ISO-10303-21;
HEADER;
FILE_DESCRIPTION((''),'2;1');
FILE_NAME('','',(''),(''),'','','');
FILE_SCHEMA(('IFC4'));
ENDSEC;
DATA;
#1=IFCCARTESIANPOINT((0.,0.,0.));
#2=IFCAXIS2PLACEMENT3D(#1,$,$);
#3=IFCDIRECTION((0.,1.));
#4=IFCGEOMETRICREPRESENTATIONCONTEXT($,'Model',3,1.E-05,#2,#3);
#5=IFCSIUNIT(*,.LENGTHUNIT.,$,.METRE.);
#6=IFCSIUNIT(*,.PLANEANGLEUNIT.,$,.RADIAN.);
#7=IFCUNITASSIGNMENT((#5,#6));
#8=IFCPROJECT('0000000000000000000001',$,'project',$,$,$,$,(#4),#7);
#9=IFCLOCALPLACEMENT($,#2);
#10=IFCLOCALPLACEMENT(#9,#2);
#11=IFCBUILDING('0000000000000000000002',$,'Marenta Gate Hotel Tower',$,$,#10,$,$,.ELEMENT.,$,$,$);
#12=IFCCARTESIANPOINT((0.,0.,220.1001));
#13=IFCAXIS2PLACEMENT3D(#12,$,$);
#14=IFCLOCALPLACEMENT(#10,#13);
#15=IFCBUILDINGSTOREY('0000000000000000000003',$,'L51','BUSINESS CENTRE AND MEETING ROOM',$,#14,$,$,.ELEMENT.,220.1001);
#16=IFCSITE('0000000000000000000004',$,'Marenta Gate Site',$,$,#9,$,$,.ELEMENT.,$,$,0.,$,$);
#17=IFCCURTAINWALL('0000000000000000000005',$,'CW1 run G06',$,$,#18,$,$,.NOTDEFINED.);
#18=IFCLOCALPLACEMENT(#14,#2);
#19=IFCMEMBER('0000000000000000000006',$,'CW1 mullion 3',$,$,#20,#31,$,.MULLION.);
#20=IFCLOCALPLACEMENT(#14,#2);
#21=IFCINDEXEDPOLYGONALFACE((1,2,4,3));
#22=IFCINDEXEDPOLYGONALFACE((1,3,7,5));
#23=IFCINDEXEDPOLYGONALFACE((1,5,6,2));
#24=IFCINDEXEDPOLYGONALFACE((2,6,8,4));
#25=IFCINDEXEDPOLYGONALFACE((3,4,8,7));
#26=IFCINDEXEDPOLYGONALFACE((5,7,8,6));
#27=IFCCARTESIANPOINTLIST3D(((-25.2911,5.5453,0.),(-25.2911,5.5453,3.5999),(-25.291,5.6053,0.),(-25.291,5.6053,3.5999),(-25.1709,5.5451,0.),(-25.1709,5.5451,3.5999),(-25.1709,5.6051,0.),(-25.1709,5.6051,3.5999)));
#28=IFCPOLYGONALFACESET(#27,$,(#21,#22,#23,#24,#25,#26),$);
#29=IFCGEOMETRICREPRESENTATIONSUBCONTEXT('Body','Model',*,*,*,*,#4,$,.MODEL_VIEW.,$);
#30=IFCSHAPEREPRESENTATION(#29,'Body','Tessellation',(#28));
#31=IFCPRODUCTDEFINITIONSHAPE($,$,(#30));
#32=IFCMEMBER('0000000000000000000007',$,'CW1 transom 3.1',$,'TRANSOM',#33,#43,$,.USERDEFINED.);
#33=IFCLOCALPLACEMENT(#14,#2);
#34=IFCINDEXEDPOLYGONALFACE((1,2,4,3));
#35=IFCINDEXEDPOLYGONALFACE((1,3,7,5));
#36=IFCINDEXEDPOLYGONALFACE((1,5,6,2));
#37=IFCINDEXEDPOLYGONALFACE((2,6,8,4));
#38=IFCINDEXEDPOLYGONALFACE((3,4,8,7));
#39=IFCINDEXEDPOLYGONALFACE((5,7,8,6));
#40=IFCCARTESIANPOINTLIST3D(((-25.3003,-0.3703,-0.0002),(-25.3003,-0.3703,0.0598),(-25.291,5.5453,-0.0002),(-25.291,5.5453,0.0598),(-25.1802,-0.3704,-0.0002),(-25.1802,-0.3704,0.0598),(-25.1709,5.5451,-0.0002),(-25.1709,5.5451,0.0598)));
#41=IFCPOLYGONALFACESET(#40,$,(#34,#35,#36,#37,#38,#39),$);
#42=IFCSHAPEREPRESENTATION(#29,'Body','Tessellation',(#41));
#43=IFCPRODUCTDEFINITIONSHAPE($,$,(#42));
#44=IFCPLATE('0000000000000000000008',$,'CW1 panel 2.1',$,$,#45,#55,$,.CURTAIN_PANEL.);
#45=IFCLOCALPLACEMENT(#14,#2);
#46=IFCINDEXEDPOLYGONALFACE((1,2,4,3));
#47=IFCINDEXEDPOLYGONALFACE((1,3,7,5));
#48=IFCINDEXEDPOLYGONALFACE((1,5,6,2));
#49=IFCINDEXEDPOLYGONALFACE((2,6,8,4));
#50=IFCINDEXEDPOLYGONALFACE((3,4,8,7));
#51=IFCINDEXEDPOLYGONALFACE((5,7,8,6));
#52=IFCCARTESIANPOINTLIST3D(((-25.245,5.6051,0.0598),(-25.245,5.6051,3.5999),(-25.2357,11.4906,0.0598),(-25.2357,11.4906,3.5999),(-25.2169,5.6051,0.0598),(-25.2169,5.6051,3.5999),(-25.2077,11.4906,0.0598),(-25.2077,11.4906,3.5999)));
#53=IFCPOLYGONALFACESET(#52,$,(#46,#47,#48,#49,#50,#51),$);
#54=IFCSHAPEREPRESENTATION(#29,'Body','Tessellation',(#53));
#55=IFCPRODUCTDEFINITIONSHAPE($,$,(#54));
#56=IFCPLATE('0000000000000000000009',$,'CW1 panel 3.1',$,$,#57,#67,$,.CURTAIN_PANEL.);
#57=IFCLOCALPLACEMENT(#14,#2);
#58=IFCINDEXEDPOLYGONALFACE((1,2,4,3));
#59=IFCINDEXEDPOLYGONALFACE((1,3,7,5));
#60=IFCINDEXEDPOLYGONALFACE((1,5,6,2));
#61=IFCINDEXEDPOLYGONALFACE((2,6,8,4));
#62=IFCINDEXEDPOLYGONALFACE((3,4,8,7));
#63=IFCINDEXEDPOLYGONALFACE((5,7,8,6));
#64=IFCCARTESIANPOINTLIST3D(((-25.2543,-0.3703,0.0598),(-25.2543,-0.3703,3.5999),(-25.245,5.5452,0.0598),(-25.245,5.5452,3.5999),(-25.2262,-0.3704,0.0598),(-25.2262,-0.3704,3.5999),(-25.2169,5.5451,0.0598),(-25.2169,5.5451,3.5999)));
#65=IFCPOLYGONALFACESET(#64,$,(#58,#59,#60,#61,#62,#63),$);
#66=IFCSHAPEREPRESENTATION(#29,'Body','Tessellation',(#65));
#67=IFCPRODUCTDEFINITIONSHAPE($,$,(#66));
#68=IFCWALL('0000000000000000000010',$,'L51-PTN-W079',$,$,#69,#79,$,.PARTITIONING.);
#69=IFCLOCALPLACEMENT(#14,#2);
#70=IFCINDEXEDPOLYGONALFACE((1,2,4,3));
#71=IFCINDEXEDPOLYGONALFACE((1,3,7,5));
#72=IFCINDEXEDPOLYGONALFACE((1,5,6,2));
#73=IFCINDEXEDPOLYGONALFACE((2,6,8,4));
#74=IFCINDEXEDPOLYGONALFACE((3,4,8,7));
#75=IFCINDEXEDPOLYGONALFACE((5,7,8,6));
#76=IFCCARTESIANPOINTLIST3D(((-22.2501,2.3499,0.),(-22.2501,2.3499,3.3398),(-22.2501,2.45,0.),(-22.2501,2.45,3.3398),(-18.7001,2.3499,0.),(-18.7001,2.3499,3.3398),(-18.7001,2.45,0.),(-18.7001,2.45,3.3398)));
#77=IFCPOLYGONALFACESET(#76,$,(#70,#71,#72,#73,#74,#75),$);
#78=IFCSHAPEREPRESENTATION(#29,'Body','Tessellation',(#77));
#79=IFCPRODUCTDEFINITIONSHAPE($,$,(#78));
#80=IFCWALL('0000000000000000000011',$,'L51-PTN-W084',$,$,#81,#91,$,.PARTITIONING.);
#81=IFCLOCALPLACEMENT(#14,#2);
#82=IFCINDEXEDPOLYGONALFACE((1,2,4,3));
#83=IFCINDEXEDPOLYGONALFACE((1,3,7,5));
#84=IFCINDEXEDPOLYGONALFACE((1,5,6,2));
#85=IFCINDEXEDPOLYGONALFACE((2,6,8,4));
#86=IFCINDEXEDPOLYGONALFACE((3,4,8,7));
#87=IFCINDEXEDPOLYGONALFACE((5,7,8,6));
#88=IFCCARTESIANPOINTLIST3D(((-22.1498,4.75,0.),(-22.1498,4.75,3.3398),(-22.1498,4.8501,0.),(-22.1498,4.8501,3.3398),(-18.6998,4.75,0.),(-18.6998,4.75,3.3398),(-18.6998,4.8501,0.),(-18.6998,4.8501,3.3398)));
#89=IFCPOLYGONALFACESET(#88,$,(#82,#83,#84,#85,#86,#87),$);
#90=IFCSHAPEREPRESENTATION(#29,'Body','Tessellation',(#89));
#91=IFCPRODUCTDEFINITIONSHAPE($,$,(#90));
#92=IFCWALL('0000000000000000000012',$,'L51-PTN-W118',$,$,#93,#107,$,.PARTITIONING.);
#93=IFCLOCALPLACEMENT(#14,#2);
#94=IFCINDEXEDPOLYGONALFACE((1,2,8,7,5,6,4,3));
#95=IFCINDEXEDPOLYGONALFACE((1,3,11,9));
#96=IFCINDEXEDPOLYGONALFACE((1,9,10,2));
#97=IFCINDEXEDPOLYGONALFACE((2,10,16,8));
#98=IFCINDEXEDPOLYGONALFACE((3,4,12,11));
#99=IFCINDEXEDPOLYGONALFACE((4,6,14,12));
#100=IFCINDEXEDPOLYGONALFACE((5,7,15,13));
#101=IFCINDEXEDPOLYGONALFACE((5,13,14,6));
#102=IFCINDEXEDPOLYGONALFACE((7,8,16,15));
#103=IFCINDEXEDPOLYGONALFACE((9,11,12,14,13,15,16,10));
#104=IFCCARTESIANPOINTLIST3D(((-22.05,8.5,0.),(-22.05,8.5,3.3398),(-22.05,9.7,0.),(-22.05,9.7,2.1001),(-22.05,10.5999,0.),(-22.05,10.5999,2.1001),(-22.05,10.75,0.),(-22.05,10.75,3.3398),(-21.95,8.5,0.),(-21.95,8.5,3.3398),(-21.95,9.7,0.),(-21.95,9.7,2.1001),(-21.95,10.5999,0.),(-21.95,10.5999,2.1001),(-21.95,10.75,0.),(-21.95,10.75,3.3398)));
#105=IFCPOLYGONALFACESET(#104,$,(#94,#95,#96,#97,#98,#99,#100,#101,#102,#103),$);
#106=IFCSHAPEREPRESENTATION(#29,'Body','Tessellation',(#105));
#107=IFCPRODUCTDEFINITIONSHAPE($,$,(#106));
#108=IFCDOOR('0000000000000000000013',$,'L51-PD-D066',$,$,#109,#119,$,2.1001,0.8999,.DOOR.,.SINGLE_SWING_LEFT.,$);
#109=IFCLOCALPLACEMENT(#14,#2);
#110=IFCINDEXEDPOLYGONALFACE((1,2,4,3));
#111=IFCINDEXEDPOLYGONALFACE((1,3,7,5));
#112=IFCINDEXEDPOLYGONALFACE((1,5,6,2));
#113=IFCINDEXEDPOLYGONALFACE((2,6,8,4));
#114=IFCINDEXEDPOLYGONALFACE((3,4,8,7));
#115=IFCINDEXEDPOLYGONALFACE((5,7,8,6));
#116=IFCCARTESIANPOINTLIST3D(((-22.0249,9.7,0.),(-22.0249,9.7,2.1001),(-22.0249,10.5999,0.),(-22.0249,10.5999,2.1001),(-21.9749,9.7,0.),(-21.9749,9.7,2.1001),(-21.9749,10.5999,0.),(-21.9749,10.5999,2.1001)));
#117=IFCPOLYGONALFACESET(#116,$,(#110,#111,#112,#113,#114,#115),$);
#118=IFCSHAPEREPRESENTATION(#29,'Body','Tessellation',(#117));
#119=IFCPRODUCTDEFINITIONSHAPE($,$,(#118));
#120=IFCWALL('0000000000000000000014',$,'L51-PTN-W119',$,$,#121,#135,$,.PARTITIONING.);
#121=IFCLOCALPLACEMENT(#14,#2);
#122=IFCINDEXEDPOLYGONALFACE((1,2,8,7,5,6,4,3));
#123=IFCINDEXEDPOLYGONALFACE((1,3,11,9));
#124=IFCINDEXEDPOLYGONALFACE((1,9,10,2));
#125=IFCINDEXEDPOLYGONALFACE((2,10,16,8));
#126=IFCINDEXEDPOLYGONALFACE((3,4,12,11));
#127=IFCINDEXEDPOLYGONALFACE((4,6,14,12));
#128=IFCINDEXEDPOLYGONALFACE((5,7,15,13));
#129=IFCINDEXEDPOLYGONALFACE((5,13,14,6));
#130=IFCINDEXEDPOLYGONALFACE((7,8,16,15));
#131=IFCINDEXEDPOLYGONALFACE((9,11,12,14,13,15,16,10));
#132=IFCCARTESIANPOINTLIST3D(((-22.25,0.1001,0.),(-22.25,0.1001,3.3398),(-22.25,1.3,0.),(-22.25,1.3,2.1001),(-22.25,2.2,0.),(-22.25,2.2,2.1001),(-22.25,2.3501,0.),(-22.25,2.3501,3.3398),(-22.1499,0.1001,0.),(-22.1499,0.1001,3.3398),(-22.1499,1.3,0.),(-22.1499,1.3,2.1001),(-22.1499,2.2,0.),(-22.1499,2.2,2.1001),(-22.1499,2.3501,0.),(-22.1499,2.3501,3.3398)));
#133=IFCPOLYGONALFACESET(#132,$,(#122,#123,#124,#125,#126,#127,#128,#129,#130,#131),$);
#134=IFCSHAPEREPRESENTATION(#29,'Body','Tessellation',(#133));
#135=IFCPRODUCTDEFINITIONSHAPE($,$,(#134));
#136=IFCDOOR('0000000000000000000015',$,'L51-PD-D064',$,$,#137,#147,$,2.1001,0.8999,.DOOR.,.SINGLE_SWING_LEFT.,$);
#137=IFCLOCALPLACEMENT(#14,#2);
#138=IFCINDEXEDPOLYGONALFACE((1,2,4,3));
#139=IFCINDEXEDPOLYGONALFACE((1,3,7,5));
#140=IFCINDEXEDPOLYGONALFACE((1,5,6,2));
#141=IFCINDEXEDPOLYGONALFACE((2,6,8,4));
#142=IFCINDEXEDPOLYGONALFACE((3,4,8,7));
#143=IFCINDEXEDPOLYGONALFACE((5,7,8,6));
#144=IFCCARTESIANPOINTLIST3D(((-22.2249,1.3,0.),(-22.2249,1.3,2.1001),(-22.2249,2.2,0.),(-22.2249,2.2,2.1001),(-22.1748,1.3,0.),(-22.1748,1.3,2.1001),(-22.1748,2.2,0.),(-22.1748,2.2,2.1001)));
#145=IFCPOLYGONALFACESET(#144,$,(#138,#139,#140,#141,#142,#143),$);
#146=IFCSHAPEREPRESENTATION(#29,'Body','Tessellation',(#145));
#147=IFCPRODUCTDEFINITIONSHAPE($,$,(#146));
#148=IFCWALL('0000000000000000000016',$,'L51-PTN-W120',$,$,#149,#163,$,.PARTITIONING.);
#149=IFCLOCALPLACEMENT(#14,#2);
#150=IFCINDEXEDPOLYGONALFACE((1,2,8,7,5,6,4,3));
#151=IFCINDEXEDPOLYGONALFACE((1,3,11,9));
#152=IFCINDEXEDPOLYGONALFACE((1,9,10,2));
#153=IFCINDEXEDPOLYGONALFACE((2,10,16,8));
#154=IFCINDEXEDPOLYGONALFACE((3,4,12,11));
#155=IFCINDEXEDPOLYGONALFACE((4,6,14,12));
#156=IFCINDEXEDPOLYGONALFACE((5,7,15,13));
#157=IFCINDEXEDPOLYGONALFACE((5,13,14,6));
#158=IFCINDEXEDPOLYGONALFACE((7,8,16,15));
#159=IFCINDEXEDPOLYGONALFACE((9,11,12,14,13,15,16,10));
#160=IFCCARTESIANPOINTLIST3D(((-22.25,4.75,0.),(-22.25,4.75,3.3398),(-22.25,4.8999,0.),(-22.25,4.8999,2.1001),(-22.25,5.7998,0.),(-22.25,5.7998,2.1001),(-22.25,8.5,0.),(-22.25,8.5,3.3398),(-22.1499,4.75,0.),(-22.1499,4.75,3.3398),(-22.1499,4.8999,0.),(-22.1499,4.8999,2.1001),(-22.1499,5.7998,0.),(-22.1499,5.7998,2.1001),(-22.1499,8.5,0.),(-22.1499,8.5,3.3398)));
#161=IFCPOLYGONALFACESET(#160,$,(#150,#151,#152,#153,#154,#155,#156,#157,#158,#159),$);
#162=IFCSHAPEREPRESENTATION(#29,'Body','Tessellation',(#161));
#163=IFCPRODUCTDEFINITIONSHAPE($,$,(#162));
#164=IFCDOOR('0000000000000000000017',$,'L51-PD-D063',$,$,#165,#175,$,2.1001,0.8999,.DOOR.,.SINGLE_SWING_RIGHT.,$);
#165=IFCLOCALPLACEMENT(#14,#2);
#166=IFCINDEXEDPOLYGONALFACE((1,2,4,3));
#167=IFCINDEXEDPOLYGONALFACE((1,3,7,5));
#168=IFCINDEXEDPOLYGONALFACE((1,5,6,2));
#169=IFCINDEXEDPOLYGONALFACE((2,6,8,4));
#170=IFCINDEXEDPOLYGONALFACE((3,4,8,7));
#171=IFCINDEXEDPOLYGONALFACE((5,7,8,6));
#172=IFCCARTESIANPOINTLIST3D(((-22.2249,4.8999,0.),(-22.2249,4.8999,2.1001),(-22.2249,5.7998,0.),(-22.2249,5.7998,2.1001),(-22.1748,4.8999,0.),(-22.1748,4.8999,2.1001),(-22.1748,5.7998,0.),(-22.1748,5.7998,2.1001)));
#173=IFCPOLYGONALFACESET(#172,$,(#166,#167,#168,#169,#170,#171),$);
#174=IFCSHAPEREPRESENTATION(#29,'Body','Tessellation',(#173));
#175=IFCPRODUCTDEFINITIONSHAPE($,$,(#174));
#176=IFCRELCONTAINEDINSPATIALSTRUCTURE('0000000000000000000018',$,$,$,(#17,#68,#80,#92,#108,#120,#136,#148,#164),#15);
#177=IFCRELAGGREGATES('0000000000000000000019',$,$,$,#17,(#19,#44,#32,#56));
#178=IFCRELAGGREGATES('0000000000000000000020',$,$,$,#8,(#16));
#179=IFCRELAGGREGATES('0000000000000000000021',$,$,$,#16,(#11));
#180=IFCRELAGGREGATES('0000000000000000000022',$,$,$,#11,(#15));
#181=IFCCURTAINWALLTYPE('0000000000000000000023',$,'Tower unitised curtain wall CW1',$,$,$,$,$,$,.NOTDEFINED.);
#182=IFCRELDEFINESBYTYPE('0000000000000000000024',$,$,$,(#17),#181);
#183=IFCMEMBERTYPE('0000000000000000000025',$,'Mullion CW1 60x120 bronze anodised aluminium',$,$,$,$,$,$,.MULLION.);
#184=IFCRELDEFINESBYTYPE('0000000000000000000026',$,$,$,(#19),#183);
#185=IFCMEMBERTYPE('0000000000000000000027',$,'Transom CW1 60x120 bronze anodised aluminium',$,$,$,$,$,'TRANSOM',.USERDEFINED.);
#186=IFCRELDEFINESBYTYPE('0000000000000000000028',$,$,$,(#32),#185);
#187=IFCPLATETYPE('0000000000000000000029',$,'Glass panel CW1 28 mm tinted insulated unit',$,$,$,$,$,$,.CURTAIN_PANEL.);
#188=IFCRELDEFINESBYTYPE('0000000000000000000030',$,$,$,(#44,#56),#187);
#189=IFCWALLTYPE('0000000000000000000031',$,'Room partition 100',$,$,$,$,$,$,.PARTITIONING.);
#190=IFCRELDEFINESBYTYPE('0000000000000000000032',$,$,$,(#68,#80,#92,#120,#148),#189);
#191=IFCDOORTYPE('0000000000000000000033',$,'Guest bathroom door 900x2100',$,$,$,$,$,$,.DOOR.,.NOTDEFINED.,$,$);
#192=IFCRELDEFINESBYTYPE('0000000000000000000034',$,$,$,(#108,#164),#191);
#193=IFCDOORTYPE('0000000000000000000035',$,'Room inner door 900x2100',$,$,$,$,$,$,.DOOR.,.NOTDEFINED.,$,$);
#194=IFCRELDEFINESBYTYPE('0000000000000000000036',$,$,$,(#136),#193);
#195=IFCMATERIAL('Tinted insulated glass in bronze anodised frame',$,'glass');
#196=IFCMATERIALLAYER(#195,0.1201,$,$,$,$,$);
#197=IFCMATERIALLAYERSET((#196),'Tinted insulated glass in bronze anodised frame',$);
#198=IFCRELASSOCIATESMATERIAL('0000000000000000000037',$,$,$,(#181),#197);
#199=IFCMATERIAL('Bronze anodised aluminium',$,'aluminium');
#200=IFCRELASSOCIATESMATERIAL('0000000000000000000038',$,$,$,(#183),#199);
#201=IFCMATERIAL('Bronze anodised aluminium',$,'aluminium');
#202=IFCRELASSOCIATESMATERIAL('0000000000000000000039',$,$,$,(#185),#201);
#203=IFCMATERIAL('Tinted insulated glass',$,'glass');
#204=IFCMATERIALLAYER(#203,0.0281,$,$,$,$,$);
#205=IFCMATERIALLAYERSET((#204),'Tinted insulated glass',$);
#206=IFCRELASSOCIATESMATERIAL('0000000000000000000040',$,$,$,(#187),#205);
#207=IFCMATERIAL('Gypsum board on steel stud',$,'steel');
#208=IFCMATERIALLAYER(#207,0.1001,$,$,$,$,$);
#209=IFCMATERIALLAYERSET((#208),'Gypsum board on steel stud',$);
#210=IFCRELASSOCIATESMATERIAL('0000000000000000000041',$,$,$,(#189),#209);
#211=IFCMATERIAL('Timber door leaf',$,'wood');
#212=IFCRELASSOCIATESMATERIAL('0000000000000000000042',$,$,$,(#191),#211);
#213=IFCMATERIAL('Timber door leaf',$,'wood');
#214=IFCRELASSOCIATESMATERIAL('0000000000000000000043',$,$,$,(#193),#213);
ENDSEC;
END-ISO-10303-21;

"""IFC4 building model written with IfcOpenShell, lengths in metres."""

from ifc_helpers import new_model, si_unit, direction, frame, frame_2d, origin, origin_2d, place, context, subcontext, project, spatial, rectangle, extrude, material, layer, layer_set, material_profile, profile_set, type_object, element, fill, aggregate, save


model = new_model("IFC4")

# Units and contexts
model_context = context("Model", 3, precision=1e-05, world=origin(), true_north=direction((0.0, 1.0)))
body_context = subcontext(model_context, "Body", "Model", "MODEL_VIEW")
ifc_project = project(units=[si_unit("LENGTHUNIT", "METRE"), si_unit("PLANEANGLEUNIT", "RADIAN")], contexts=[model_context])

# Site, building, storey
site_placement = place(None, origin())
site = spatial("IfcSite", under=ifc_project, at=site_placement, Name="Marenta Gate Site", CompositionType="ELEMENT", RefElevation=0.0)
building_placement = place(site_placement, origin())
building = spatial("IfcBuilding", under=site, at=building_placement, Name="Marenta Gate Hotel Tower", CompositionType="ELEMENT")
storey_placement = place(building_placement, frame((0.0, 0.0, 220.1001)))
storey = spatial("IfcBuildingStorey", under=building, at=storey_placement, Name="L51", Description="BUSINESS CENTRE AND MEETING ROOM", CompositionType="ELEMENT", Elevation=220.1001)

# Curtain wall, members, plates
ifc_material_1 = material(Name="Tinted insulated glass in bronze anodised frame", Category="glass")
ifc_layer_1 = layer(ifc_material_1, 0.1201)
ifc_layer_set_1 = layer_set([ifc_layer_1], Name="Tinted insulated glass in bronze anodised frame")
curtain_wall_type = type_object("IfcCurtainWallType", Name="Tower unitised curtain wall CW1", PredefinedType="NOTDEFINED", material=ifc_layer_set_1)
curtain_wall_placement = place(storey_placement, origin())
curtain_wall = element("IfcCurtainWall", 1, at=curtain_wall_placement, inside=storey, type_object=curtain_wall_type, Name="CW1 run G06", PredefinedType="NOTDEFINED")
ifc_material_2 = material(Name="Bronze anodised aluminium", Category="aluminium")
ifc_material_profile_1 = material_profile(ifc_material_2, rectangle(XDim=0.1201, YDim=0.0601, at=origin_2d()), Name="Mullion CW1 60x120 bronze anodised aluminium")
ifc_profile_set_1 = profile_set([ifc_material_profile_1], Name="Bronze anodised aluminium")
member_type_1 = type_object("IfcMemberType", Name="Mullion CW1 60x120 bronze anodised aluminium", PredefinedType="MULLION", material=ifc_profile_set_1)
member_1_placement = place(storey_placement, frame((-25.231, 5.5752, 0.0), z_axis=(0.0, 0.0, 1.0), x_axis=(0.999999, -0.00157, 0.0)))
member_1 = element("IfcMember", 2, at=member_1_placement, type_object=member_type_1, Name="CW1 mullion 3", PredefinedType="MULLION", context=body_context, shape_type="SweptSolid", body=[
    extrude(rectangle(XDim=0.1201, YDim=0.0601, at=origin_2d()), origin(), (0.0, 0.0, 1.0), 3.5999),
])
ifc_material_3 = material(Name="Bronze anodised aluminium", Category="aluminium")
ifc_material_profile_2 = material_profile(ifc_material_3, rectangle(XDim=0.1201, YDim=0.0601, at=origin_2d()), Name="Transom CW1 60x120 bronze anodised aluminium")
ifc_profile_set_2 = profile_set([ifc_material_profile_2], Name="Bronze anodised aluminium")
member_type_2 = type_object("IfcMemberType", Name="Transom CW1 60x120 bronze anodised aluminium", ElementType="TRANSOM", PredefinedType="USERDEFINED", material=ifc_profile_set_2)
member_2_placement = place(storey_placement, frame((-25.231, 5.5452, 0.0298), z_axis=(-0.001568, -0.999999, 0.0), x_axis=(0.999999, -0.001568, 0.0)))
member_2 = element("IfcMember", 3, at=member_2_placement, type_object=member_type_2, Name="CW1 transom 3.1", ObjectType="TRANSOM", PredefinedType="USERDEFINED", context=body_context, shape_type="SweptSolid", body=[
    extrude(rectangle(XDim=0.1201, YDim=0.0601, at=origin_2d()), origin(), (0.0, 0.0, 1.0), 5.9155),
])
ifc_material_4 = material(Name="Tinted insulated glass", Category="glass")
ifc_layer_2 = layer(ifc_material_4, 0.0281)
ifc_layer_set_2 = layer_set([ifc_layer_2], Name="Tinted insulated glass")
plate_type = type_object("IfcPlateType", Name="Glass panel CW1 28 mm tinted insulated unit", PredefinedType="CURTAIN_PANEL", material=ifc_layer_set_2)
plate_1_placement = place(storey_placement, frame((-25.2263, 8.5479, 0.0598), z_axis=(0.0, 0.0, 1.0), x_axis=(-0.00157, -0.999999, 0.0)))
plate_1 = element("IfcPlate", 4, at=plate_1_placement, type_object=plate_type, Name="CW1 panel 2.1", PredefinedType="CURTAIN_PANEL", context=body_context, shape_type="SweptSolid", body=[
    extrude(rectangle(XDim=5.8855, YDim=0.0281, at=origin_2d()), origin(), (0.0, 0.0, 1.0), 3.54),
])
plate_2_placement = place(storey_placement, frame((-25.2356, 2.5874, 0.0598), z_axis=(0.0, 0.0, 1.0), x_axis=(-0.00157, -0.999999, 0.0)))
plate_2 = element("IfcPlate", 5, at=plate_2_placement, type_object=plate_type, Name="CW1 panel 3.1", PredefinedType="CURTAIN_PANEL", context=body_context, shape_type="SweptSolid", body=[
    extrude(rectangle(XDim=5.9155, YDim=0.0281, at=origin_2d()), origin(), (0.0, 0.0, 1.0), 3.54),
])
aggregate(curtain_wall, [member_1, plate_1, member_2, plate_2])

# Walls
ifc_material_5 = material(Name="Gypsum board on steel stud", Category="steel")
ifc_layer_3 = layer(ifc_material_5, 0.1001)
ifc_layer_set_3 = layer_set([ifc_layer_3], Name="Gypsum board on steel stud")
wall_type_1 = type_object("IfcWallType", Name="Room partition 100", PredefinedType="PARTITIONING", material=ifc_layer_set_3)
wall_1_placement = place(storey_placement, frame((-22.25, 2.3999, 0.0), z_axis=(0.0, 0.0, 1.0), x_axis=(1.0, 0.0, 0.0)))
element("IfcWall", 6, at=wall_1_placement, inside=storey, type_object=wall_type_1, Name="L51-PTN-W079", PredefinedType="PARTITIONING", context=body_context, shape_type="SweptSolid", body=[
    extrude(rectangle(XDim=3.55, YDim=0.1001, at=frame_2d((1.7749, 0.0))), origin(), (0.0, 0.0, 1.0), 3.3398),
])
wall_2_placement = place(storey_placement, frame((-22.1499, 4.8, 0.0), z_axis=(0.0, 0.0, 1.0), x_axis=(1.0, 0.0, 0.0)))
element("IfcWall", 7, at=wall_2_placement, inside=storey, type_object=wall_type_1, Name="L51-PTN-W084", PredefinedType="PARTITIONING", context=body_context, shape_type="SweptSolid", body=[
    extrude(rectangle(XDim=3.45, YDim=0.1001, at=frame_2d((1.7251, 0.0))), origin(), (0.0, 0.0, 1.0), 3.3398),
])

# Walls, openings, doors
wall_3_placement = place(storey_placement, frame((-22.0, 8.5, 0.0), z_axis=(0.0, 0.0, 1.0), x_axis=(0.0, 1.0, 0.0)))
wall_3 = element("IfcWall", 8, at=wall_3_placement, inside=storey, type_object=wall_type_1, Name="L51-PTN-W118", PredefinedType="PARTITIONING", context=body_context, shape_type="SweptSolid", body=[
    extrude(rectangle(XDim=2.25, YDim=0.1001, at=frame_2d((1.125, 0.0))), origin(), (0.0, 0.0, 1.0), 3.3398),
])
opening_1_placement = place(wall_3_placement, frame((1.2, 0.0, 0.0)))
opening_1 = element("IfcOpeningElement", 9, at=opening_1_placement, cuts=wall_3, PredefinedType="OPENING", context=body_context, shape_type="SweptSolid", body=[
    extrude(rectangle(XDim=0.8999, YDim=2.1001, at=frame_2d((0.45, 1.05))), frame((0.0, 0.05, 0.0), z_axis=(0.0, -1.0, 0.0), x_axis=(1.0, 0.0, 0.0)), (0.0, 0.0, 1.0), 0.1001),
])
ifc_material_6 = material(Name="Timber door leaf", Category="wood")
door_type_1 = type_object("IfcDoorType", Name="Guest bathroom door 900x2100", OperationType="NOTDEFINED", PredefinedType="DOOR", material=ifc_material_6)
door_1_placement = place(opening_1_placement, origin())
door_1 = element("IfcDoor", 10, at=door_1_placement, inside=storey, type_object=door_type_1, Name="L51-PD-D066", OperationType="SINGLE_SWING_LEFT", OverallHeight=2.1001, OverallWidth=0.8999, PredefinedType="DOOR", context=body_context, shape_type="SweptSolid", body=[
    extrude(rectangle(XDim=0.8999, YDim=2.1001, at=frame_2d((0.45, 1.05))), frame((0.0, 0.0249, 0.0), z_axis=(0.0, -1.0, 0.0), x_axis=(1.0, 0.0, 0.0)), (0.0, 0.0, 1.0), 0.05),
])
fill(opening_1, door_1)
wall_4_placement = place(storey_placement, frame((-22.2, 0.1001, 0.0), z_axis=(0.0, 0.0, 1.0), x_axis=(0.0, 1.0, 0.0)))
wall_4 = element("IfcWall", 11, at=wall_4_placement, inside=storey, type_object=wall_type_1, Name="L51-PTN-W119", PredefinedType="PARTITIONING", context=body_context, shape_type="SweptSolid", body=[
    extrude(rectangle(XDim=2.25, YDim=0.1001, at=frame_2d((1.125, 0.0))), origin(), (0.0, 0.0, 1.0), 3.3398),
])
opening_2_placement = place(wall_4_placement, frame((1.2, 0.0, 0.0)))
opening_2 = element("IfcOpeningElement", 12, at=opening_2_placement, cuts=wall_4, PredefinedType="OPENING", context=body_context, shape_type="SweptSolid", body=[
    extrude(rectangle(XDim=0.8999, YDim=2.1001, at=frame_2d((0.45, 1.05))), frame((0.0, 0.05, 0.0), z_axis=(0.0, -1.0, 0.0), x_axis=(1.0, 0.0, 0.0)), (0.0, 0.0, 1.0), 0.1001),
])
ifc_material_7 = material(Name="Timber door leaf", Category="wood")
door_type_2 = type_object("IfcDoorType", Name="Room inner door 900x2100", OperationType="NOTDEFINED", PredefinedType="DOOR", material=ifc_material_7)
door_2_placement = place(opening_2_placement, origin())
door_2 = element("IfcDoor", 13, at=door_2_placement, inside=storey, type_object=door_type_2, Name="L51-PD-D064", OperationType="SINGLE_SWING_LEFT", OverallHeight=2.1001, OverallWidth=0.8999, PredefinedType="DOOR", context=body_context, shape_type="SweptSolid", body=[
    extrude(rectangle(XDim=0.8999, YDim=2.1001, at=frame_2d((0.45, 1.05))), frame((0.0, 0.0249, 0.0), z_axis=(0.0, -1.0, 0.0), x_axis=(1.0, 0.0, 0.0)), (0.0, 0.0, 1.0), 0.05),
])
fill(opening_2, door_2)
wall_5_placement = place(storey_placement, frame((-22.2, 4.75, 0.0), z_axis=(0.0, 0.0, 1.0), x_axis=(0.0, 1.0, 0.0)))
wall_5 = element("IfcWall", 14, at=wall_5_placement, inside=storey, type_object=wall_type_1, Name="L51-PTN-W120", PredefinedType="PARTITIONING", context=body_context, shape_type="SweptSolid", body=[
    extrude(rectangle(XDim=3.75, YDim=0.1001, at=frame_2d((1.875, 0.0))), origin(), (0.0, 0.0, 1.0), 3.3398),
])
opening_3_placement = place(wall_5_placement, frame((0.1499, 0.0, 0.0)))
opening_3 = element("IfcOpeningElement", 15, at=opening_3_placement, cuts=wall_5, PredefinedType="OPENING", context=body_context, shape_type="SweptSolid", body=[
    extrude(rectangle(XDim=0.8999, YDim=2.1001, at=frame_2d((0.45, 1.05))), frame((0.0, 0.05, 0.0), z_axis=(0.0, -1.0, 0.0), x_axis=(1.0, 0.0, 0.0)), (0.0, 0.0, 1.0), 0.1001),
])
door_3_placement = place(opening_3_placement, origin())
door_3 = element("IfcDoor", 16, at=door_3_placement, inside=storey, type_object=door_type_1, Name="L51-PD-D063", OperationType="SINGLE_SWING_RIGHT", OverallHeight=2.1001, OverallWidth=0.8999, PredefinedType="DOOR", context=body_context, shape_type="SweptSolid", body=[
    extrude(rectangle(XDim=0.8999, YDim=2.1001, at=frame_2d((0.45, 1.05))), frame((0.0, 0.0249, 0.0), z_axis=(0.0, -1.0, 0.0), x_axis=(1.0, 0.0, 0.0)), (0.0, 0.0, 1.0), 0.05),
])
fill(opening_3, door_3)

save(model, "model.ifc")
